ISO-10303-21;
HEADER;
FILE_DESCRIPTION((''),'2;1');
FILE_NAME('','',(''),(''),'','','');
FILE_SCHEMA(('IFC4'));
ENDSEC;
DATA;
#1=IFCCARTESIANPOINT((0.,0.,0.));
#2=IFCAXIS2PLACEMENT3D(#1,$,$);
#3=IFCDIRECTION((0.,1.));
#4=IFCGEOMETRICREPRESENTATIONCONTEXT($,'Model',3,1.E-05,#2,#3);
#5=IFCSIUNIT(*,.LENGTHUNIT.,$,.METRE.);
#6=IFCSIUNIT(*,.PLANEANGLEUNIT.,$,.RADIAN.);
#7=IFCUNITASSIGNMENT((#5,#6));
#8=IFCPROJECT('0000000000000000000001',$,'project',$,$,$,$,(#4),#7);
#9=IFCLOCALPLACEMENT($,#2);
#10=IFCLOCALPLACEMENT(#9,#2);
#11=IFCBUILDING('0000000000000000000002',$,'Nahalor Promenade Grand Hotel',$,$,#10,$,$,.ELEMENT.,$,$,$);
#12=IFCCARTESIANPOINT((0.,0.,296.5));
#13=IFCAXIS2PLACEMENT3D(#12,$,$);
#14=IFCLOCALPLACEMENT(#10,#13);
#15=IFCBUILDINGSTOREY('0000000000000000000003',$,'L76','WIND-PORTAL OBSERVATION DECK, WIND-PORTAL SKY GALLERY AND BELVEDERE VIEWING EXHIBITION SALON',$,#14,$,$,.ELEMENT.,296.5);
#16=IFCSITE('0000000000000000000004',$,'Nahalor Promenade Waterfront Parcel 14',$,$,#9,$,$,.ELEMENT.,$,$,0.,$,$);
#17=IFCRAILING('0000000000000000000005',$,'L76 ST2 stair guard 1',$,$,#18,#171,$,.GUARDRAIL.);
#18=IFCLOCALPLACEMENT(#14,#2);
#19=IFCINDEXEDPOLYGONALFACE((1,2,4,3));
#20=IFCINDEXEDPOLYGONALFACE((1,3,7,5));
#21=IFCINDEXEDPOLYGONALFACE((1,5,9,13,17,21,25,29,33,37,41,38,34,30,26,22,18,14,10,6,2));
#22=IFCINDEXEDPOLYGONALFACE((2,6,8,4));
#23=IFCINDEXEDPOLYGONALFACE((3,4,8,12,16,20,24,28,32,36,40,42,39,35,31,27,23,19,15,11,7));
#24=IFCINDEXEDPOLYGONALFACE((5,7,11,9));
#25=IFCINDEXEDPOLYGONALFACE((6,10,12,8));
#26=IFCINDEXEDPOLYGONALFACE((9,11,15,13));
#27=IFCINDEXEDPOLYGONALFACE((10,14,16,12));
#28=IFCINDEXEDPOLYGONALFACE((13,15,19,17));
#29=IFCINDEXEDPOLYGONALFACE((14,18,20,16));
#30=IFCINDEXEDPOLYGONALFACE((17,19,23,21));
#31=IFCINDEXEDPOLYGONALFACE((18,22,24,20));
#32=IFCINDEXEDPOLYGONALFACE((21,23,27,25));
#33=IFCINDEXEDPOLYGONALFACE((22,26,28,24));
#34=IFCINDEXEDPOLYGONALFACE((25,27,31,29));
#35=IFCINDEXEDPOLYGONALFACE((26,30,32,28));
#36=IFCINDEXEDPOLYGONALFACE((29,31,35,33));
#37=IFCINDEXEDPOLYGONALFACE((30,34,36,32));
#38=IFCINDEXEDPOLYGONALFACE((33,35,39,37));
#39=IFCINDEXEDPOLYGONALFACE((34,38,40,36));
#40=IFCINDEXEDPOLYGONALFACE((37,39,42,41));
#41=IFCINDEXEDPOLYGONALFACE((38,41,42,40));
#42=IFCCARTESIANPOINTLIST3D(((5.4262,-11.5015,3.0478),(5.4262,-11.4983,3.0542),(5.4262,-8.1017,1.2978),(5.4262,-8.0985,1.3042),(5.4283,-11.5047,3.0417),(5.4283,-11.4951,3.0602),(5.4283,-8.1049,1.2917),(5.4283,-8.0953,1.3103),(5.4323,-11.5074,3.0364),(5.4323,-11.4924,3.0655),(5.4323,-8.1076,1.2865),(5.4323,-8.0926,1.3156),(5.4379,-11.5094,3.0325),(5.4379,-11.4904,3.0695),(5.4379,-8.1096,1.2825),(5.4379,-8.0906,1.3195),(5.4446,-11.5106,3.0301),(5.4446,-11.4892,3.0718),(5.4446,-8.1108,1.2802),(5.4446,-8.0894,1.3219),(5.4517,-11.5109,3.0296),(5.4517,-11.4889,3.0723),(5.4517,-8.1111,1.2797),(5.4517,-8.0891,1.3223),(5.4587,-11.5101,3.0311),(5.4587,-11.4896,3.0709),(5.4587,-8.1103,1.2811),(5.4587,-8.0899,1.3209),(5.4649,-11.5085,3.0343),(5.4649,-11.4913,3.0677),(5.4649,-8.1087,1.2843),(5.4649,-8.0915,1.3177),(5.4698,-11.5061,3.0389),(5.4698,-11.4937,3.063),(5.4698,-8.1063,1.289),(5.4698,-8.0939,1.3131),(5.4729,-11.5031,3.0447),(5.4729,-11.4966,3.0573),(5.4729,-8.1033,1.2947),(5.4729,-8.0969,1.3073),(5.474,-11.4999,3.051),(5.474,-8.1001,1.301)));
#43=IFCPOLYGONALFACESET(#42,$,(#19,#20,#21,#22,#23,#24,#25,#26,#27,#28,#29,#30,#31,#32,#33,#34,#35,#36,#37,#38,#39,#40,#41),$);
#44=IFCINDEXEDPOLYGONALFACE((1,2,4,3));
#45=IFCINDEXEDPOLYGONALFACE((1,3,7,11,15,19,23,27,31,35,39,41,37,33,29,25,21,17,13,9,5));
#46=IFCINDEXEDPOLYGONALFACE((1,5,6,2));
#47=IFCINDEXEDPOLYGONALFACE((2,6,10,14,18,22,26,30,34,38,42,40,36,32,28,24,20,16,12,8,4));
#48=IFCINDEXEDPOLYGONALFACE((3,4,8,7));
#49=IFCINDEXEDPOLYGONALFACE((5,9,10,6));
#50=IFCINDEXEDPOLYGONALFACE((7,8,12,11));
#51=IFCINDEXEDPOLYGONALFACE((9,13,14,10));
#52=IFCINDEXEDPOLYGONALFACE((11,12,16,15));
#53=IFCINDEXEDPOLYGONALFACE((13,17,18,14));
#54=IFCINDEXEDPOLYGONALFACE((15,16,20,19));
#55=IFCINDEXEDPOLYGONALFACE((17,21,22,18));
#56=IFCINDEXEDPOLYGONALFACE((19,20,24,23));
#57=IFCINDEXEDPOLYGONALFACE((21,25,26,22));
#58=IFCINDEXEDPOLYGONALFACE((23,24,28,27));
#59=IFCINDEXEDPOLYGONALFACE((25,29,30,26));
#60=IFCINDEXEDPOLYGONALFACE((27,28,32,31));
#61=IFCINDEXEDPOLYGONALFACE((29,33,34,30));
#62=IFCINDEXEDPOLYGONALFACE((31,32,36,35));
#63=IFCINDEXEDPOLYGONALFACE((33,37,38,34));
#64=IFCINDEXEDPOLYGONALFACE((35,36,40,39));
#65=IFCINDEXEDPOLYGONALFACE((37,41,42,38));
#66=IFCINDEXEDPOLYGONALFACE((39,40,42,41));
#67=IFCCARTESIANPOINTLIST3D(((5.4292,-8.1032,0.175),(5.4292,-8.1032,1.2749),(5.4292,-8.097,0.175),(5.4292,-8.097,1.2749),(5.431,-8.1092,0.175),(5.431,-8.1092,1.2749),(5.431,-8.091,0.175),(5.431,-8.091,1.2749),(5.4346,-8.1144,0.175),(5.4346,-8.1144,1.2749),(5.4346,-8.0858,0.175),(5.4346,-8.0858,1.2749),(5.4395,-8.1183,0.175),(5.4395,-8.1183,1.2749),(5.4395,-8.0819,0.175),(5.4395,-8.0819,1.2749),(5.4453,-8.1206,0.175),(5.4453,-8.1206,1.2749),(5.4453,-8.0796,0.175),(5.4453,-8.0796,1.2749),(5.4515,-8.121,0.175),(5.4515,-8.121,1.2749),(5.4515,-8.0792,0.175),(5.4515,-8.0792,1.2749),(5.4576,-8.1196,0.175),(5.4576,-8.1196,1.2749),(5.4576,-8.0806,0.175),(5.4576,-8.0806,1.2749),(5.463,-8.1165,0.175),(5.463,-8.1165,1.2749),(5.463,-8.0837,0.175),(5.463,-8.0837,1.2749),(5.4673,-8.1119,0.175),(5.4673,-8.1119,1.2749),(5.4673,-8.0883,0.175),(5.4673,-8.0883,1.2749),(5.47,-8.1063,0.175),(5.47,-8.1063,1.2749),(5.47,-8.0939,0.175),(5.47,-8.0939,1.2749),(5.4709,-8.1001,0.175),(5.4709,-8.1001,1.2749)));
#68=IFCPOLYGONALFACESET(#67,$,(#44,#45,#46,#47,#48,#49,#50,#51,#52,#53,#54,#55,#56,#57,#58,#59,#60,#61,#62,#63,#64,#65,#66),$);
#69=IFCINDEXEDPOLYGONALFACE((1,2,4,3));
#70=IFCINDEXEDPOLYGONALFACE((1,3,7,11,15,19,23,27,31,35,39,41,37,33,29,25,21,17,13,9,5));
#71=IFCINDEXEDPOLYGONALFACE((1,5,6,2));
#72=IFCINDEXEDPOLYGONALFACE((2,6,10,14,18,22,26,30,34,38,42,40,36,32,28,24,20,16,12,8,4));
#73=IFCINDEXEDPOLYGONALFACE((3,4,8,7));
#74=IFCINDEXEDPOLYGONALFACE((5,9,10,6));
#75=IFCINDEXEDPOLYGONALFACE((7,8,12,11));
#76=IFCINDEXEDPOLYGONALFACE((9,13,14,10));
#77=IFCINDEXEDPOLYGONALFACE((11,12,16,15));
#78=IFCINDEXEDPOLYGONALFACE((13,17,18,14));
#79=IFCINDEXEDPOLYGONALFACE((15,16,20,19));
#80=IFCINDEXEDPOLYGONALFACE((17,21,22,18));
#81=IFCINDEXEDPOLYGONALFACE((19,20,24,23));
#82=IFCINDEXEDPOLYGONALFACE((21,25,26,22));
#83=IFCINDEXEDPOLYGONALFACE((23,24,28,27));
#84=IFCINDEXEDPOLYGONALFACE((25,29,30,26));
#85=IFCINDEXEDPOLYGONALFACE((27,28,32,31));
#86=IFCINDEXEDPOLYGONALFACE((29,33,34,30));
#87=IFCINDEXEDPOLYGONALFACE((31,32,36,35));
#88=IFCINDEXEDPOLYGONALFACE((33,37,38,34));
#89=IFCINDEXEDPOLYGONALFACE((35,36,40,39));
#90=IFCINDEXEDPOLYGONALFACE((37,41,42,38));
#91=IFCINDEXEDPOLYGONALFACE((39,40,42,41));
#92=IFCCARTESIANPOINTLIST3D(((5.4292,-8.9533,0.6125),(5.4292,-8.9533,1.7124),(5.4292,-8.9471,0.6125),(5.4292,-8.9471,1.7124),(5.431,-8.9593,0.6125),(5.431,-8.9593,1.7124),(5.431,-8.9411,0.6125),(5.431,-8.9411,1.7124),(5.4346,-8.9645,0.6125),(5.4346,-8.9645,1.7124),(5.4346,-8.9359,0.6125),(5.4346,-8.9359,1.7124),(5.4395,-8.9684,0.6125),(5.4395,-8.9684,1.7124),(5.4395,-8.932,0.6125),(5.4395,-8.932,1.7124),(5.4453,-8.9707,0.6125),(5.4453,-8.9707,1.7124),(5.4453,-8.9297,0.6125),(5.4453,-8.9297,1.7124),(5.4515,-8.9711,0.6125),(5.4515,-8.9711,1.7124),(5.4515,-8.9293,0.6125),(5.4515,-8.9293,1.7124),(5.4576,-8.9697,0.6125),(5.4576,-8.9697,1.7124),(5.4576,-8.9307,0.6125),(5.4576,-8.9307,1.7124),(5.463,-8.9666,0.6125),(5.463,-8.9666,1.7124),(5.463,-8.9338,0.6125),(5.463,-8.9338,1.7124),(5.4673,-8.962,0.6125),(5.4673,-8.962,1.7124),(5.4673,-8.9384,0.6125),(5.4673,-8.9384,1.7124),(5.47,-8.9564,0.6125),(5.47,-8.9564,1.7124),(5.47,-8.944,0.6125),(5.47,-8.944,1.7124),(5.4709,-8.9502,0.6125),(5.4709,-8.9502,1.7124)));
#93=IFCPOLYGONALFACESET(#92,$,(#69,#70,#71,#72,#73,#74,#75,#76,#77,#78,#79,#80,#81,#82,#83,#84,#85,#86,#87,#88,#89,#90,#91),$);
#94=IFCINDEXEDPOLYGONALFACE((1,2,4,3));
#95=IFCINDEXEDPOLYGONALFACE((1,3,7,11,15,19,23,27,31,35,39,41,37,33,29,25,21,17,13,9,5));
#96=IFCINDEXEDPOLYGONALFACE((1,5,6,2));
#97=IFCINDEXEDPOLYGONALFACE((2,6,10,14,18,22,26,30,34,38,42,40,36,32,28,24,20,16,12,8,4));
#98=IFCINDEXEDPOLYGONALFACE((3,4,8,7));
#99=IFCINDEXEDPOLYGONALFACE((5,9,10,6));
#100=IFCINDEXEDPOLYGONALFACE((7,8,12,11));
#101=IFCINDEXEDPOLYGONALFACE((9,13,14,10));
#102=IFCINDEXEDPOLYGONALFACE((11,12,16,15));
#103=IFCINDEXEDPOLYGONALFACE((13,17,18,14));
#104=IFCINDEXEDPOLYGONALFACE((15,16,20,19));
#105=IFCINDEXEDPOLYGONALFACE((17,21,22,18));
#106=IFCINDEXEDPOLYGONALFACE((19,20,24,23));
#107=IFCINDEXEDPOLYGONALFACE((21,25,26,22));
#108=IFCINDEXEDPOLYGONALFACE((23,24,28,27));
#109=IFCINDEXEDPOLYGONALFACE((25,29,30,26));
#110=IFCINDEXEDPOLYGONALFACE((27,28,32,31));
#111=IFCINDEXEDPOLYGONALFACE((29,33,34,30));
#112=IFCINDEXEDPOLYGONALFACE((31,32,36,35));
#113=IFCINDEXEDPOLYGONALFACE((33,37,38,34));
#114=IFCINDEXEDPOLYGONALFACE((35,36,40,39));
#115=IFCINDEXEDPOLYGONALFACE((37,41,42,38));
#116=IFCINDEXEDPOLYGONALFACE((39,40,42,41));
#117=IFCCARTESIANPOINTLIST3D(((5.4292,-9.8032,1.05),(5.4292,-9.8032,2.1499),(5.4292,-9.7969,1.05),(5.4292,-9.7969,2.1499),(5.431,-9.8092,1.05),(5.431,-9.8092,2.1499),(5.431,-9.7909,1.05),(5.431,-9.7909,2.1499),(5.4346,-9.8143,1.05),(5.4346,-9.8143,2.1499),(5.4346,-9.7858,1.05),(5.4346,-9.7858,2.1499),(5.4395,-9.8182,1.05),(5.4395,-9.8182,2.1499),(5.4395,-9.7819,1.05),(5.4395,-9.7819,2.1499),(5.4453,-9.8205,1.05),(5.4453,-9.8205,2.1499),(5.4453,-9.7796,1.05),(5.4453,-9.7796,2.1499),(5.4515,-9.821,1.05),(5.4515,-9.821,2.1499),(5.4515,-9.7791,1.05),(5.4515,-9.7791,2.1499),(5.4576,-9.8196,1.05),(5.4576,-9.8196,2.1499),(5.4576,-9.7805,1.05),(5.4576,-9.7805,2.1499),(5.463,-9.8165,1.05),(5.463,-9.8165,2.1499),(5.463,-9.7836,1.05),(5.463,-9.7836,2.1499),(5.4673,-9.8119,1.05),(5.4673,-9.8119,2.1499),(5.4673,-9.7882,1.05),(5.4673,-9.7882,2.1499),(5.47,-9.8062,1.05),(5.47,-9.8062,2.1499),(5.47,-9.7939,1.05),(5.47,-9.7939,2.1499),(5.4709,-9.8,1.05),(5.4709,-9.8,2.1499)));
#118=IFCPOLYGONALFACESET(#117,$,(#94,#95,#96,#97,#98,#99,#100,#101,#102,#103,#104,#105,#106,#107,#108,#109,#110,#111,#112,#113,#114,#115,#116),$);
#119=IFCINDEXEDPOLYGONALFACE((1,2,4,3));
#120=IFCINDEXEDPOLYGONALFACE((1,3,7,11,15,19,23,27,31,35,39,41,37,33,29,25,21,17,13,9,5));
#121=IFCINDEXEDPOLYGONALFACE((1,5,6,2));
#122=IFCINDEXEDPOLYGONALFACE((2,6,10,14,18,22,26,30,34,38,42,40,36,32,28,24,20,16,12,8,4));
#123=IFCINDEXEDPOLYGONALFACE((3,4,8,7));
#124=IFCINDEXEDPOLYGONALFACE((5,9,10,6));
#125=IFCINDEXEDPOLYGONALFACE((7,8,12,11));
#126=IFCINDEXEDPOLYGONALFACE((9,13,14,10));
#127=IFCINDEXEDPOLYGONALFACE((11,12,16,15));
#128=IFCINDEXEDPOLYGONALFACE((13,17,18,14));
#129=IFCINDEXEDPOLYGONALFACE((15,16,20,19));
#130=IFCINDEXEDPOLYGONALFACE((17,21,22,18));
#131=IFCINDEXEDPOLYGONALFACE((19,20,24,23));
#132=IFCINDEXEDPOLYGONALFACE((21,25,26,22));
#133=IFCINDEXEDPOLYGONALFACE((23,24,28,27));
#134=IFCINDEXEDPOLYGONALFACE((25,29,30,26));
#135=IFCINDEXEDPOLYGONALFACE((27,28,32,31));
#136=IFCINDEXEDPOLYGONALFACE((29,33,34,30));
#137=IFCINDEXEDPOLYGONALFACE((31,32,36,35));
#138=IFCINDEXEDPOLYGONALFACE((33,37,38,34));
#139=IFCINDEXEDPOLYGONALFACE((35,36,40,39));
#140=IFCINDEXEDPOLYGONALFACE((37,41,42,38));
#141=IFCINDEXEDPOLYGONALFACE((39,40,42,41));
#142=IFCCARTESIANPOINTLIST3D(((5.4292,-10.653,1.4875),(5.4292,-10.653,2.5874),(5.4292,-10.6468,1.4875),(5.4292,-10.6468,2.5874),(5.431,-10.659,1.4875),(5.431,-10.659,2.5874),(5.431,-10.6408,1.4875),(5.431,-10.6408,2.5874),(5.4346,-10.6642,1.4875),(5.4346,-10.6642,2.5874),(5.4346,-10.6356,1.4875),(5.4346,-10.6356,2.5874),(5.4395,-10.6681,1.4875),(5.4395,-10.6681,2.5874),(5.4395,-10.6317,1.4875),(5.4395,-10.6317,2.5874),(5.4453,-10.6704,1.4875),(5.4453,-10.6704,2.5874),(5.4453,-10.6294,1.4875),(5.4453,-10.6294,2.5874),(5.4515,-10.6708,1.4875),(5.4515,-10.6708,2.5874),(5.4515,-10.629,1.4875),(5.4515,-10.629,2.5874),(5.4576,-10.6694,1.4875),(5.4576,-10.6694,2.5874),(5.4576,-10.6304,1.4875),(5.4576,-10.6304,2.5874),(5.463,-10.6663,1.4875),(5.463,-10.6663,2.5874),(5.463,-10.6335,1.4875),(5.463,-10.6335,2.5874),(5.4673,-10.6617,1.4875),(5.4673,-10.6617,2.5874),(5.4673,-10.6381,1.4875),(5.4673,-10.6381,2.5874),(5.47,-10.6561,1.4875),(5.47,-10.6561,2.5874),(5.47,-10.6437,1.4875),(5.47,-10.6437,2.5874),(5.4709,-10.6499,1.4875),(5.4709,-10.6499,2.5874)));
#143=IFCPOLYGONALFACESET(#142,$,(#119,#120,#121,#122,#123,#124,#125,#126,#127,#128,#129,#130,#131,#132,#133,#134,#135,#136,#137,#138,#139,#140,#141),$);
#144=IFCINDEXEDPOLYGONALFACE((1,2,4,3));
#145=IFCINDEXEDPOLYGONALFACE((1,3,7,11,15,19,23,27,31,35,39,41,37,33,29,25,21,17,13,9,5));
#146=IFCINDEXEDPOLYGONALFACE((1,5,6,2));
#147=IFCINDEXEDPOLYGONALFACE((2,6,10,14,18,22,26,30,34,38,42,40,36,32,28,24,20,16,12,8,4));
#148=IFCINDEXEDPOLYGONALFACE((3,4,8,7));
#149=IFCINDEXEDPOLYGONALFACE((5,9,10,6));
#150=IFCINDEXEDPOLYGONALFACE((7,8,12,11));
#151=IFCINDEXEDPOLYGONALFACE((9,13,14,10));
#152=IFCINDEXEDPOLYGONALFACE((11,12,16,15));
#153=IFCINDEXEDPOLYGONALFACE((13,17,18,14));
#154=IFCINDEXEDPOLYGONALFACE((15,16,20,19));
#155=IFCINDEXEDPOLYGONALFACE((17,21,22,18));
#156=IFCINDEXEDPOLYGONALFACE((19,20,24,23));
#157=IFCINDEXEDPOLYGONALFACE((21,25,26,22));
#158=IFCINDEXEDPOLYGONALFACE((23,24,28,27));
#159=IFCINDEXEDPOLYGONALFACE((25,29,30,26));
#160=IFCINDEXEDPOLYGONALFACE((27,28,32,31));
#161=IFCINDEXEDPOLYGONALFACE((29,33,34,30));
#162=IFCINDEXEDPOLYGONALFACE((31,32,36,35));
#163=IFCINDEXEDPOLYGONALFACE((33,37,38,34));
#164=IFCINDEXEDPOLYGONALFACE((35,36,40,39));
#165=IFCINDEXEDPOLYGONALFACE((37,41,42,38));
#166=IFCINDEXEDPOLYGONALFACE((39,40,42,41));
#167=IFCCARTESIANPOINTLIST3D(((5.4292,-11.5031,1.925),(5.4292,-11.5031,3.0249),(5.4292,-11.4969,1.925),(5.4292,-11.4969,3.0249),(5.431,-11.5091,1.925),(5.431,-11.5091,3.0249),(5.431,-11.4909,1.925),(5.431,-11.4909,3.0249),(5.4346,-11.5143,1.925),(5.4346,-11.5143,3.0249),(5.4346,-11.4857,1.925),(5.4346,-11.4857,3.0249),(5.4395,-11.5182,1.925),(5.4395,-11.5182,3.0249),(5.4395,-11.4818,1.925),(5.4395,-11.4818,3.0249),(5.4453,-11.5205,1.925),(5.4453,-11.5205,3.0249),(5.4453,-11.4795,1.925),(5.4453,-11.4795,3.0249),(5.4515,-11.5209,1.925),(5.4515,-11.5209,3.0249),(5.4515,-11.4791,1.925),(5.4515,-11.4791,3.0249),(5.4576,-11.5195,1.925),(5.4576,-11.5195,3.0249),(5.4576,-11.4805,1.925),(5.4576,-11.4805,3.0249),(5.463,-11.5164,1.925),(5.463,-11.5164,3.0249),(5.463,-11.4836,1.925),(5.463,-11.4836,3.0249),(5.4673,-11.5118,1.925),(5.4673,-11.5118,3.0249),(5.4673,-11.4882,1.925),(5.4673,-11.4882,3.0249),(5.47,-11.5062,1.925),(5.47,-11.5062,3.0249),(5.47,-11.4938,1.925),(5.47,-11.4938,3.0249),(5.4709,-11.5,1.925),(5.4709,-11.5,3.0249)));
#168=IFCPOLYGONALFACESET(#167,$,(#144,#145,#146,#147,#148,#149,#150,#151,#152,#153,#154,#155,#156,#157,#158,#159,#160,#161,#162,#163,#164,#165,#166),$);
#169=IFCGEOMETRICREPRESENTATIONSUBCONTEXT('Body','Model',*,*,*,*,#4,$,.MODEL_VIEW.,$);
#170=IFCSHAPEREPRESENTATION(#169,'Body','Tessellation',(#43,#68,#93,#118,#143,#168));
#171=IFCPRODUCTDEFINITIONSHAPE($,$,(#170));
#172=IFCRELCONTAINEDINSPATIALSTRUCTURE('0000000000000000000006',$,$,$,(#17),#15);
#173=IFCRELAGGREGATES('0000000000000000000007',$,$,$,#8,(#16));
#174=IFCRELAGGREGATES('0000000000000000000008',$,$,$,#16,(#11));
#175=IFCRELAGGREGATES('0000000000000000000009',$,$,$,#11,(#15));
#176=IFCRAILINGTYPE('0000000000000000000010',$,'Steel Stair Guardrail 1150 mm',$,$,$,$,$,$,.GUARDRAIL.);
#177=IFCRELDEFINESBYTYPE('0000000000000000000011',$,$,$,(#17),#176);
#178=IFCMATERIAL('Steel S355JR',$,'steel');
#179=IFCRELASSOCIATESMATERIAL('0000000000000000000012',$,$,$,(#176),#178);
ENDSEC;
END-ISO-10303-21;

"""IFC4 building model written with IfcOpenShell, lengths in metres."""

from ifc_helpers import new_model, si_unit, direction, frame, origin, origin_2d, place, context, subcontext, project, spatial, circle, extrude, material, type_object, element, save


model = new_model("IFC4")

# Units and contexts
model_context = context("Model", 3, precision=1e-05, world=origin(), true_north=direction((0.0, 1.0)))
body_context = subcontext(model_context, "Body", "Model", "MODEL_VIEW")
ifc_project = project(units=[si_unit("LENGTHUNIT", "METRE"), si_unit("PLANEANGLEUNIT", "RADIAN")], contexts=[model_context])

# Site, building, storey
site_placement = place(None, origin())
site = spatial("IfcSite", under=ifc_project, at=site_placement, Name="Nahalor Promenade Waterfront Parcel 14", CompositionType="ELEMENT", RefElevation=0.0)
building_placement = place(site_placement, origin())
building = spatial("IfcBuilding", under=site, at=building_placement, Name="Nahalor Promenade Grand Hotel", CompositionType="ELEMENT")
storey_placement = place(building_placement, frame((0.0, 0.0, 296.5)))
storey = spatial("IfcBuildingStorey", under=building, at=storey_placement, Name="L76", Description="WIND-PORTAL OBSERVATION DECK, WIND-PORTAL SKY GALLERY AND BELVEDERE VIEWING EXHIBITION SALON", CompositionType="ELEMENT", Elevation=296.5)

# Shared definitions
ifc_material_1 = material(Name="Steel S355JR", Category="steel")

# Railing
railing_type_1 = type_object("IfcRailingType", Name="Steel Stair Guardrail 1150 mm", PredefinedType="GUARDRAIL", material=ifc_material_1)
railing_1_placement = place(storey_placement, frame((5.45, -8.1001, 0.175)))
element("IfcRailing", 1, at=railing_1_placement, inside=storey, type_object=railing_type_1, Name="L76 ST2 stair guard 1", PredefinedType="GUARDRAIL", context=body_context, shape_type="SweptSolid", body=[
    extrude(circle(Radius=0.024, at=origin_2d()), frame((0.0, 0.0, 1.126), z_axis=(0.0, -0.88913, 0.457654), x_axis=(1.0, 0.0, 0.0)), (0.0, 0.0, 1.0), 3.8237),
    extrude(circle(Radius=0.021, at=origin_2d()), origin(), (0.0, 0.0, 1.0), 1.0999),
    extrude(circle(Radius=0.021, at=origin_2d()), frame((0.0, -0.8501, 0.4375)), (0.0, 0.0, 1.0), 1.0999),
    extrude(circle(Radius=0.021, at=origin_2d()), frame((0.0, -1.7, 0.875)), (0.0, 0.0, 1.0), 1.0999),
    extrude(circle(Radius=0.021, at=origin_2d()), frame((0.0, -2.5498, 1.3125)), (0.0, 0.0, 1.0), 1.0999),
    extrude(circle(Radius=0.021, at=origin_2d()), frame((0.0, -3.3999, 1.75)), (0.0, 0.0, 1.0), 1.0999),
])

save(model, "model.ifc")
